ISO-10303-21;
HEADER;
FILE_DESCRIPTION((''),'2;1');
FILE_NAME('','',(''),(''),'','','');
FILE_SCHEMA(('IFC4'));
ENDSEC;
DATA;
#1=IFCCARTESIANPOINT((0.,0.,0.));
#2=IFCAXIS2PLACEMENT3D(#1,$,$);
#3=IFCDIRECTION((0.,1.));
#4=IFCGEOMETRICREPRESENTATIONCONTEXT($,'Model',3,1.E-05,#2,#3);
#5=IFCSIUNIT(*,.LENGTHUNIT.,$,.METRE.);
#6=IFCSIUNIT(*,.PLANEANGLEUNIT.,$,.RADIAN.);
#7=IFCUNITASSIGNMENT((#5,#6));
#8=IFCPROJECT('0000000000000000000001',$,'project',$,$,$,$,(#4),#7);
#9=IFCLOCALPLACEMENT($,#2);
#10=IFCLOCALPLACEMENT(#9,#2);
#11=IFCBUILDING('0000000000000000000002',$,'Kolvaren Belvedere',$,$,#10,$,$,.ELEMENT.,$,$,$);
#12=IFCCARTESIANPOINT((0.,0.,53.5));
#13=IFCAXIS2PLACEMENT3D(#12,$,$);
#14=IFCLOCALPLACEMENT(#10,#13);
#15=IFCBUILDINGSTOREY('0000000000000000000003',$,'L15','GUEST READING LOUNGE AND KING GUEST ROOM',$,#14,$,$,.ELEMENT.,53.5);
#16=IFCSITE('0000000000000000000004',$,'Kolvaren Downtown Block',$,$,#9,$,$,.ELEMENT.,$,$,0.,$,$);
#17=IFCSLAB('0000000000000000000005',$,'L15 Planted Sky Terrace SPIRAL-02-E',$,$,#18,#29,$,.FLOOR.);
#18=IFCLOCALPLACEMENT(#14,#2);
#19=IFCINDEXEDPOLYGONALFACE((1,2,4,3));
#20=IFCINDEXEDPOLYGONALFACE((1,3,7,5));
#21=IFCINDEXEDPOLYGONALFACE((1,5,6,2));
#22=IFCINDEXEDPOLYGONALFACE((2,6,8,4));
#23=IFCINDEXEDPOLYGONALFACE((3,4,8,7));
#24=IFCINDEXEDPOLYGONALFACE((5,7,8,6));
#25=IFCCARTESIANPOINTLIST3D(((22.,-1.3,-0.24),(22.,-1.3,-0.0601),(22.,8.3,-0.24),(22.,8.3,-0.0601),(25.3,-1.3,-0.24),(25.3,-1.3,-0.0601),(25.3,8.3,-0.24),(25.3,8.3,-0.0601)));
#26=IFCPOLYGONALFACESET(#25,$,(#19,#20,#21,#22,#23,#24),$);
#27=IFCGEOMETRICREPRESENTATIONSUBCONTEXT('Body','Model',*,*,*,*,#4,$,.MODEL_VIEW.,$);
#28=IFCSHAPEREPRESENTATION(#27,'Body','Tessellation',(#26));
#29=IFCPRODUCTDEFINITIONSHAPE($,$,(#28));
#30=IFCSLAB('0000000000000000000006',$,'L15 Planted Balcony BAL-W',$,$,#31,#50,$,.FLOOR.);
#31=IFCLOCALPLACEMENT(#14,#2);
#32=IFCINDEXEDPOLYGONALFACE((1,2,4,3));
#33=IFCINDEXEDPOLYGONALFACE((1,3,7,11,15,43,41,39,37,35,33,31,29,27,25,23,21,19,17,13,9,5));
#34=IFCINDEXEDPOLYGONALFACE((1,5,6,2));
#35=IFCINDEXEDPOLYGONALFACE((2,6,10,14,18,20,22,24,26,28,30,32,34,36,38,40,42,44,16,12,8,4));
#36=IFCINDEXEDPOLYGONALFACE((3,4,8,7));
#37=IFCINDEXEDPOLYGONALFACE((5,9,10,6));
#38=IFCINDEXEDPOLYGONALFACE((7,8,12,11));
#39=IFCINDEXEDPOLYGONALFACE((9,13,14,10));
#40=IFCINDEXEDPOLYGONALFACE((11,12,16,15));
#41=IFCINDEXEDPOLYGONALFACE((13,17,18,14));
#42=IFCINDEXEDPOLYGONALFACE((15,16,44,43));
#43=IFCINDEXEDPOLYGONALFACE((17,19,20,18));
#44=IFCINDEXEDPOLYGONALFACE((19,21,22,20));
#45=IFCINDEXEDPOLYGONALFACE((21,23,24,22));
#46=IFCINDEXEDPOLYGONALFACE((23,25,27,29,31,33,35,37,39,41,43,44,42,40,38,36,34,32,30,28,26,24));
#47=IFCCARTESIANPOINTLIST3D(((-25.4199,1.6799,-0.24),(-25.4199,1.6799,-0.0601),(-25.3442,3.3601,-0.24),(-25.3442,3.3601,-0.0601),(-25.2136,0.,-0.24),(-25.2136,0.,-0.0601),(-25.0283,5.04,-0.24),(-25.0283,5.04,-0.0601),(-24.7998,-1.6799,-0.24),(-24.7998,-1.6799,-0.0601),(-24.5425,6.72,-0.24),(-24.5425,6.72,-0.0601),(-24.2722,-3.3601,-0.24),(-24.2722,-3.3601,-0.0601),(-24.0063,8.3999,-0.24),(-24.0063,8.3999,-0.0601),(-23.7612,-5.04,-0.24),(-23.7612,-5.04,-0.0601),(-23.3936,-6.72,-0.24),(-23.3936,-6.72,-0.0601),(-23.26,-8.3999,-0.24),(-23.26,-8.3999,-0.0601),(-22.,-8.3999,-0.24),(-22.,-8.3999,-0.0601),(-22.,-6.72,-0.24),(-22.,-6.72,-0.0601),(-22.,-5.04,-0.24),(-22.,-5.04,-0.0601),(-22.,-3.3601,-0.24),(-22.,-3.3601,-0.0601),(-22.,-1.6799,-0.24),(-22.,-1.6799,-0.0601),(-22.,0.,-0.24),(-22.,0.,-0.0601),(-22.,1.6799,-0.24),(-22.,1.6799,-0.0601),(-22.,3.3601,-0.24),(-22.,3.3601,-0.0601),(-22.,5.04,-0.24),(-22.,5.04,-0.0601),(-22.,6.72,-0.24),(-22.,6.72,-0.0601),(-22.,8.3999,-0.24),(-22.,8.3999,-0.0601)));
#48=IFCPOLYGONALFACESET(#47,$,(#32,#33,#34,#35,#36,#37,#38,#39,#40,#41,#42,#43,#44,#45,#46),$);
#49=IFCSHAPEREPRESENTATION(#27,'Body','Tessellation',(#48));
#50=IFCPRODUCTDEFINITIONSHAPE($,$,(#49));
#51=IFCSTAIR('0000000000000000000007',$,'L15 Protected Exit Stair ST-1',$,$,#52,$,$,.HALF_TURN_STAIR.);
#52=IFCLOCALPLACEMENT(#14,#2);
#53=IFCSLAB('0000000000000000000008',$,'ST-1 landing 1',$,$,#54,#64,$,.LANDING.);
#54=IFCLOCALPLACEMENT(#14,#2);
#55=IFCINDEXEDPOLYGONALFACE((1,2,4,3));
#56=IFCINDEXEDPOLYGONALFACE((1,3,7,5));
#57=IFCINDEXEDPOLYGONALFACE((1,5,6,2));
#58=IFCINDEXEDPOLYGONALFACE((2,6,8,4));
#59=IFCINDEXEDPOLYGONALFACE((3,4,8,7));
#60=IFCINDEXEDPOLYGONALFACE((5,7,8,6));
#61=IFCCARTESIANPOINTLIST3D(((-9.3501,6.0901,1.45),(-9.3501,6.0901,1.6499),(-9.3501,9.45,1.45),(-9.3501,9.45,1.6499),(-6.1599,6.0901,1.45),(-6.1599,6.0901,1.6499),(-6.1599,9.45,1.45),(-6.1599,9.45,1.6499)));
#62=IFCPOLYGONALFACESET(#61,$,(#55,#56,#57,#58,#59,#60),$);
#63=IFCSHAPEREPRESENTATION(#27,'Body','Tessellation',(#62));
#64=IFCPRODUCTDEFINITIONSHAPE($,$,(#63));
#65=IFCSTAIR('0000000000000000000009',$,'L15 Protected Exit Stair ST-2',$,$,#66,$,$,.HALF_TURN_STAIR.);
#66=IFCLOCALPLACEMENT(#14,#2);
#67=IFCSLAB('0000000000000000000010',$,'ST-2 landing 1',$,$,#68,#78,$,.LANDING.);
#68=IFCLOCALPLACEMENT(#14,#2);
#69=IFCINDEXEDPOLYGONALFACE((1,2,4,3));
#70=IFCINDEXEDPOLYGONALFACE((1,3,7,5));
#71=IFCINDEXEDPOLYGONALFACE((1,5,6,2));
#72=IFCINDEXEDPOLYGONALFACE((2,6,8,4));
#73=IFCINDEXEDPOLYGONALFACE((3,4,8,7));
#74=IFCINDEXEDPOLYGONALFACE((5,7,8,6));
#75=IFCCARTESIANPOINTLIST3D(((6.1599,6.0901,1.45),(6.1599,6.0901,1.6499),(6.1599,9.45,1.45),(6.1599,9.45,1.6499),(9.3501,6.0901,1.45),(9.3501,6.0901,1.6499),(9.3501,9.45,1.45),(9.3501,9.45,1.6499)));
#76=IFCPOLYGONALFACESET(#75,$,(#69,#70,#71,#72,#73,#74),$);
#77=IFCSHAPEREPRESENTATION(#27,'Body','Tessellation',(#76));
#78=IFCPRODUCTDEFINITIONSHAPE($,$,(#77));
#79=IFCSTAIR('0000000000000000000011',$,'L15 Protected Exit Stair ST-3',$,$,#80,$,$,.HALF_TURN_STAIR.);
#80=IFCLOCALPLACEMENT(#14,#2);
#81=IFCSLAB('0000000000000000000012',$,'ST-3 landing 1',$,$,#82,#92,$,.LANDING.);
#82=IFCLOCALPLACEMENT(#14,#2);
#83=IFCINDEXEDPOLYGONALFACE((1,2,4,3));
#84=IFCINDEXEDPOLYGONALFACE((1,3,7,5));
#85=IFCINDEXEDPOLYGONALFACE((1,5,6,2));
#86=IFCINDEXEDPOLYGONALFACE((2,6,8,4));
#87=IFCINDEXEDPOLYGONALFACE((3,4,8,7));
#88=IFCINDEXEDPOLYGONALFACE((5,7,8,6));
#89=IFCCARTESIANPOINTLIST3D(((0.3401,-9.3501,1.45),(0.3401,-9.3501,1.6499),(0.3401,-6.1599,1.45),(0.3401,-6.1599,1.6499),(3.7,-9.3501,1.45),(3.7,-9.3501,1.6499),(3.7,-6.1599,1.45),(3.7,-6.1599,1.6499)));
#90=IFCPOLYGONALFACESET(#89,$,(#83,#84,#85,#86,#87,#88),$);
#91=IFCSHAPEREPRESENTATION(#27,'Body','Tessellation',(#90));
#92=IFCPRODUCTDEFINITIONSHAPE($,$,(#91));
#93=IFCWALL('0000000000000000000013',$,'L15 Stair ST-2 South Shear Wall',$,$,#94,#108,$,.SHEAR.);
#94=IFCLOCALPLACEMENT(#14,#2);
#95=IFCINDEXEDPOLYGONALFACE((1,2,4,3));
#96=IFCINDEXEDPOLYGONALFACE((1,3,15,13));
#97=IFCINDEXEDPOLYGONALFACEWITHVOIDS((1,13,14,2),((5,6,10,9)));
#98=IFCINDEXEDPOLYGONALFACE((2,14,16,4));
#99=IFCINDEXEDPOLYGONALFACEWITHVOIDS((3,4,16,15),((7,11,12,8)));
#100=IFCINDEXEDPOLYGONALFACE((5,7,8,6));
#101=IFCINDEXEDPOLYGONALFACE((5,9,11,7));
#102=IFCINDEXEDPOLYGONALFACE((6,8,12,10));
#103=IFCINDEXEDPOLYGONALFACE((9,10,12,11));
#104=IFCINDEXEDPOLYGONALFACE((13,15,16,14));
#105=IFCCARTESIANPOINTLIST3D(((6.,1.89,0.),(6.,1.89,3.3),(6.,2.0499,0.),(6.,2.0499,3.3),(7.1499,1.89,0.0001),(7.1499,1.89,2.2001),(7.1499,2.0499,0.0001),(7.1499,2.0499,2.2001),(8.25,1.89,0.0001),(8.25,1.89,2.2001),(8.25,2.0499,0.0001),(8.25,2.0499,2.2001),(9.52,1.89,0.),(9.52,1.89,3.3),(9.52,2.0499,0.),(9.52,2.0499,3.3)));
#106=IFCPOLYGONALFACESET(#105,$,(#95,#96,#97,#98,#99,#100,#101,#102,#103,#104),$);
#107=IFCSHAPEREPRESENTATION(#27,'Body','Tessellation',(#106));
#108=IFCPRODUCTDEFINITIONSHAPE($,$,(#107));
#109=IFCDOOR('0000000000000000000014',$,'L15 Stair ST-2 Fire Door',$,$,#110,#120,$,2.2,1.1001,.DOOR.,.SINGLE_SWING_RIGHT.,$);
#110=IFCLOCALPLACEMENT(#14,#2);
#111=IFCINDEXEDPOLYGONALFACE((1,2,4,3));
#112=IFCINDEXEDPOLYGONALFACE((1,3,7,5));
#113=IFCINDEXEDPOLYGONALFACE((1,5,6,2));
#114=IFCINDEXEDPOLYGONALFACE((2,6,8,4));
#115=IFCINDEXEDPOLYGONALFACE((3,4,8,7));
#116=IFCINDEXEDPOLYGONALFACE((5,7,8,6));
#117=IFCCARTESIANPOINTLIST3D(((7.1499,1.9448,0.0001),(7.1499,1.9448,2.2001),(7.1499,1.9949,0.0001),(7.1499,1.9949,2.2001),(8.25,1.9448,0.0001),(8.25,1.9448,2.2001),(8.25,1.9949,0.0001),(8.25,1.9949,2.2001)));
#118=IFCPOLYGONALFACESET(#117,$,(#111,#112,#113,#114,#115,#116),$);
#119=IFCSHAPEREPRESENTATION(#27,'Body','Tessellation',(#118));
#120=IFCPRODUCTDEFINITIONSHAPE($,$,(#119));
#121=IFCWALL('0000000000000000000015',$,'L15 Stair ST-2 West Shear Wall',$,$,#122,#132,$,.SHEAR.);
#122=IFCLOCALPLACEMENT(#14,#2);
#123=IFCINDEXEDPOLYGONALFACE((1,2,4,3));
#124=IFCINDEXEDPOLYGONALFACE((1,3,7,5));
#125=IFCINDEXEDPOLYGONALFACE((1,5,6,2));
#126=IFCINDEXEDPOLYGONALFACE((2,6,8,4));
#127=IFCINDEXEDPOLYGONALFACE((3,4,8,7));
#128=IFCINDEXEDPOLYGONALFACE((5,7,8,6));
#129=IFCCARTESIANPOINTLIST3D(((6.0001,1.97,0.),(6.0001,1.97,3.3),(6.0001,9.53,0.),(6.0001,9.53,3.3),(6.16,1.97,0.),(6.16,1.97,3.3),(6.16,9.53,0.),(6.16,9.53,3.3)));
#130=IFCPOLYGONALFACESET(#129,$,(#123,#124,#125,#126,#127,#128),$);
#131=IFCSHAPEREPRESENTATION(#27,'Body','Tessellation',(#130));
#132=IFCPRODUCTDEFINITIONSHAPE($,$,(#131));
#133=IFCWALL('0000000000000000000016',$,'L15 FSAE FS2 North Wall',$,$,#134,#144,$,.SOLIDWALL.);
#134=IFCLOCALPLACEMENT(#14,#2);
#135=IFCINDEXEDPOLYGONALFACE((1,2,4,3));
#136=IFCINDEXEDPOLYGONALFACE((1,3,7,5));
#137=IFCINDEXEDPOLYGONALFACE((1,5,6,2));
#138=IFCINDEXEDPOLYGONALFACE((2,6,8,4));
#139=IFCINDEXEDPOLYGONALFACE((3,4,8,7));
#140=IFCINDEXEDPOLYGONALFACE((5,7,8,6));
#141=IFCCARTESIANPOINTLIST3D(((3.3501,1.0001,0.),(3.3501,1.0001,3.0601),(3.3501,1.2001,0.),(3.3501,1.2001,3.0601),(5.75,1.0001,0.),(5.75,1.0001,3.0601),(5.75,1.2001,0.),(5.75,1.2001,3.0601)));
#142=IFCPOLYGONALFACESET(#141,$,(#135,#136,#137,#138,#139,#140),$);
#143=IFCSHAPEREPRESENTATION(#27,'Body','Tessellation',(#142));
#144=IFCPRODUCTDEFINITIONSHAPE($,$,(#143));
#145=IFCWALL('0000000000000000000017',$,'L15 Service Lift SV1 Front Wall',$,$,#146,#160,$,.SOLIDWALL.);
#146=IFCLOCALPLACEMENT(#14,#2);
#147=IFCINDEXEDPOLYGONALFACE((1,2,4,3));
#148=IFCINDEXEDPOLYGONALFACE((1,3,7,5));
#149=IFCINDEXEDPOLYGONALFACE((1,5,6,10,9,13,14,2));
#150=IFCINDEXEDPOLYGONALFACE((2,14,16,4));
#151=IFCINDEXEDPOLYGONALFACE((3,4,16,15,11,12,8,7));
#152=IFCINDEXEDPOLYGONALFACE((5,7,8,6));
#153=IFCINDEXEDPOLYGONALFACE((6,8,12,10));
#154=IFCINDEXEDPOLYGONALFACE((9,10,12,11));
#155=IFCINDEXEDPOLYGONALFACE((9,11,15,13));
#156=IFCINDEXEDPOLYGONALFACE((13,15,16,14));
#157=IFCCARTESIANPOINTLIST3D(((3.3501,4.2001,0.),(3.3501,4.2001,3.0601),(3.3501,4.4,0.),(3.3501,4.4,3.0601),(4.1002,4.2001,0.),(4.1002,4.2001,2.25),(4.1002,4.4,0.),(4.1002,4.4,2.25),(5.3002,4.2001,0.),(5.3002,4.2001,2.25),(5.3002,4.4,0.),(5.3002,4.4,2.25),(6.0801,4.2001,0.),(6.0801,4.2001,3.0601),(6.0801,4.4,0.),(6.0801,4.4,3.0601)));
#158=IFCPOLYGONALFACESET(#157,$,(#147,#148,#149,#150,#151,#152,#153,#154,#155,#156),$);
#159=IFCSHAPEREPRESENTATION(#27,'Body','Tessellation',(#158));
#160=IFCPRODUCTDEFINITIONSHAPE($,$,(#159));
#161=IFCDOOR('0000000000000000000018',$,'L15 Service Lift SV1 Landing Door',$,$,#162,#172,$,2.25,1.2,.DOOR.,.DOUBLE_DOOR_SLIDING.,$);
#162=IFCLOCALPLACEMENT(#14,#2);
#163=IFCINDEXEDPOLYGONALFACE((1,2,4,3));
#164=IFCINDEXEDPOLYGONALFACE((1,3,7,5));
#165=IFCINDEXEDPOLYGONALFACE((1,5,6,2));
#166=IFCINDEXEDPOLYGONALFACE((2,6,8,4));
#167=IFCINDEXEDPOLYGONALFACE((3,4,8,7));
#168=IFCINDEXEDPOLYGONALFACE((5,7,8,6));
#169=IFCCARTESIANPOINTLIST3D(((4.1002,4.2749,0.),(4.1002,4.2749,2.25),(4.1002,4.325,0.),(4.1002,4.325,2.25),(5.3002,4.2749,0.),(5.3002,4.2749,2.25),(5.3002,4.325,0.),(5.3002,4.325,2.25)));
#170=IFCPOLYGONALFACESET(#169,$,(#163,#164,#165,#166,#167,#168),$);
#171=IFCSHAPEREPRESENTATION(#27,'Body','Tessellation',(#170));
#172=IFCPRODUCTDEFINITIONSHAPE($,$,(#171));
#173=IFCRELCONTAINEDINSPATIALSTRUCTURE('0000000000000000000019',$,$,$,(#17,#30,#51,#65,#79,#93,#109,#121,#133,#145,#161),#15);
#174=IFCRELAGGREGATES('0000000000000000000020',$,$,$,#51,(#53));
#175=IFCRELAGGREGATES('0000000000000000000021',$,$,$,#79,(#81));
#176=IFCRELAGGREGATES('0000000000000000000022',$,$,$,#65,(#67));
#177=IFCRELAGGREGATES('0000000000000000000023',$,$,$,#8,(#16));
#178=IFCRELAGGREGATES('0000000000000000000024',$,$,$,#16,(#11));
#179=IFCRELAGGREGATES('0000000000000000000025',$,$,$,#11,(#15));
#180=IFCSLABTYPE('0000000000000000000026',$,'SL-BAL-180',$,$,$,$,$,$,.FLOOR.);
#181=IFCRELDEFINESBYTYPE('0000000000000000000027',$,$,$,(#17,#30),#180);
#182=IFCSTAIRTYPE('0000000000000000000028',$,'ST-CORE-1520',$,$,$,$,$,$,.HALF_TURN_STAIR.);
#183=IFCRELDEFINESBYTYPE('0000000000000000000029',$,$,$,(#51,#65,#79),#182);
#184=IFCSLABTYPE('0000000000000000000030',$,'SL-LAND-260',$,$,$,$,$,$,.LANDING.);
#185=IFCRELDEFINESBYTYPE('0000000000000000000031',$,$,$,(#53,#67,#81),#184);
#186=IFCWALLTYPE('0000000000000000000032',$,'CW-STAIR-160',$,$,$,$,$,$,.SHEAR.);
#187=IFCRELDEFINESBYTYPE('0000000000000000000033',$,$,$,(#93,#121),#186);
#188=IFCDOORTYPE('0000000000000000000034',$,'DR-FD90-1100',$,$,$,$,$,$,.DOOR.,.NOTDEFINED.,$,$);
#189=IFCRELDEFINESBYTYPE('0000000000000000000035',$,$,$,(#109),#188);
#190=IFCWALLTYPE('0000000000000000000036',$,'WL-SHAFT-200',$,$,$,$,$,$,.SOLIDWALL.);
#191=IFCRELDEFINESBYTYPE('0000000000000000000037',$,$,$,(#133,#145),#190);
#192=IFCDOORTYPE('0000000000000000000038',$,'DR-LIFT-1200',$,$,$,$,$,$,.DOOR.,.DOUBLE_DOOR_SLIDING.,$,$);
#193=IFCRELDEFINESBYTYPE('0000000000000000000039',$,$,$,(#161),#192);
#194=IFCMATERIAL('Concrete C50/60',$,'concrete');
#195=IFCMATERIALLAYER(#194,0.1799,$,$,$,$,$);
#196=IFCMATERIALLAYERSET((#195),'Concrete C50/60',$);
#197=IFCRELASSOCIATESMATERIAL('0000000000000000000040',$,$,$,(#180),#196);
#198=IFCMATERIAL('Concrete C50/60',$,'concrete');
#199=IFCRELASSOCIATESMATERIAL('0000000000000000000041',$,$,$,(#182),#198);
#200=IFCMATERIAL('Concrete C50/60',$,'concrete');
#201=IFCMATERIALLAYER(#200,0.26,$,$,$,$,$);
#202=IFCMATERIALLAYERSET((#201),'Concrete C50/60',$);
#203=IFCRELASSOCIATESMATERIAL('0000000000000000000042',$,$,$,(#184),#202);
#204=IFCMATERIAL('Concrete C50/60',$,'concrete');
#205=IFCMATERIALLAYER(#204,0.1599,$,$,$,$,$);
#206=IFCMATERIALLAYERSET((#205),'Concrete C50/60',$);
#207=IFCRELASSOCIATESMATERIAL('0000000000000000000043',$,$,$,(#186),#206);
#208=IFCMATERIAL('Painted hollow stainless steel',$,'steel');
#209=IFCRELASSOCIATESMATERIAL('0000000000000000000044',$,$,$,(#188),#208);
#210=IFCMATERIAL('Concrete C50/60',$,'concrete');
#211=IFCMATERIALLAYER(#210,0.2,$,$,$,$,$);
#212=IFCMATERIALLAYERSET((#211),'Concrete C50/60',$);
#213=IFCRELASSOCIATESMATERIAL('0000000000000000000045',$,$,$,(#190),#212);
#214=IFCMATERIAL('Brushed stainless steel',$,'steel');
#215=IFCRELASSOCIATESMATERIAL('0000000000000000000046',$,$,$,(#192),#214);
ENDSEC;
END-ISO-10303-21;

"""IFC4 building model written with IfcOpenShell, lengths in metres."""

from ifc_helpers import new_model, si_unit, direction, frame, frame_2d, origin, place, context, subcontext, project, spatial, polyline, rectangle, outline, extrude, material, layer, layer_set, type_object, element, fill, aggregate, save


model = new_model("IFC4")

# Units and contexts
model_context = context("Model", 3, precision=1e-05, world=origin(), true_north=direction((0.0, 1.0)))
body_context = subcontext(model_context, "Body", "Model", "MODEL_VIEW")
ifc_project = project(units=[si_unit("LENGTHUNIT", "METRE"), si_unit("PLANEANGLEUNIT", "RADIAN")], contexts=[model_context])

# Site, building, storey
site_placement = place(None, origin())
site = spatial("IfcSite", under=ifc_project, at=site_placement, Name="Kolvaren Downtown Block", CompositionType="ELEMENT", RefElevation=0.0)
building_placement = place(site_placement, origin())
building = spatial("IfcBuilding", under=site, at=building_placement, Name="Kolvaren Belvedere", CompositionType="ELEMENT")
storey_placement = place(building_placement, frame((0.0, 0.0, 53.5)))
storey = spatial("IfcBuildingStorey", under=building, at=storey_placement, Name="L15", Description="GUEST READING LOUNGE AND KING GUEST ROOM", CompositionType="ELEMENT", Elevation=53.5)

# Slabs
ifc_material_1 = material(Name="Concrete C50/60", Category="concrete")
ifc_layer_1 = layer(ifc_material_1, 0.1799)
ifc_layer_set_1 = layer_set([ifc_layer_1], Name="Concrete C50/60")
slab_type_1 = type_object("IfcSlabType", Name="SL-BAL-180", PredefinedType="FLOOR", material=ifc_layer_set_1)
slab_1_placement = place(storey_placement, frame((0.0, 0.0, -0.24)))
element("IfcSlab", 1, at=slab_1_placement, inside=storey, type_object=slab_type_1, Name="L15 Planted Sky Terrace SPIRAL-02-E", PredefinedType="FLOOR", context=body_context, shape_type="SweptSolid", body=[
    extrude(outline(polyline([(22.0, -1.3), (25.3, -1.3), (25.3, 8.3), (22.0, 8.3), (22.0, -1.3)])), origin(), (0.0, 0.0, 1.0), 0.1799),
])
slab_2_placement = place(storey_placement, frame((0.0, 0.0, -0.24)))
element("IfcSlab", 2, at=slab_2_placement, inside=storey, type_object=slab_type_1, Name="L15 Planted Balcony BAL-W", PredefinedType="FLOOR", context=body_context, shape_type="SweptSolid", body=[
    extrude(outline(polyline([(-24.0063, 8.3999), (-24.5425, 6.72), (-25.0283, 5.04), (-25.3442, 3.3601), (-25.4199, 1.6799), (-25.2136, 0.0), (-24.7998, -1.6799), (-24.2722, -3.3601), (-23.7612, -5.04), (-23.3936, -6.72), (-23.26, -8.3999), (-22.0, -8.3999), (-22.0, -6.72), (-22.0, -5.04), (-22.0, -3.3601), (-22.0, -1.6799), (-22.0, 0.0), (-22.0, 1.6799), (-22.0, 3.3601), (-22.0, 5.04), (-22.0, 6.72), (-22.0, 8.3999), (-24.0063, 8.3999)])), origin(), (0.0, 0.0, 1.0), 0.1799),
])

# Stairs, slabs
ifc_material_2 = material(Name="Concrete C50/60", Category="concrete")
stair_type = type_object("IfcStairType", Name="ST-CORE-1520", PredefinedType="HALF_TURN_STAIR", material=ifc_material_2)
stair_1_placement = place(storey_placement, origin())
stair_1 = element("IfcStair", 3, at=stair_1_placement, inside=storey, type_object=stair_type, Name="L15 Protected Exit Stair ST-1", PredefinedType="HALF_TURN_STAIR")
ifc_material_3 = material(Name="Concrete C50/60", Category="concrete")
ifc_layer_2 = layer(ifc_material_3, 0.26)
ifc_layer_set_2 = layer_set([ifc_layer_2], Name="Concrete C50/60")
slab_type_2 = type_object("IfcSlabType", Name="SL-LAND-260", PredefinedType="LANDING", material=ifc_layer_set_2)
slab_3_placement = place(storey_placement, frame((0.0, 0.0, 1.45)))
slab_3 = element("IfcSlab", 4, at=slab_3_placement, type_object=slab_type_2, Name="ST-1 landing 1", PredefinedType="LANDING", context=body_context, shape_type="SweptSolid", body=[
    extrude(outline(polyline([(-6.1599, 6.0901), (-6.1599, 9.45), (-9.3501, 9.45), (-9.3501, 6.0901), (-6.1599, 6.0901)])), origin(), (0.0, 0.0, 1.0), 0.2),
])
aggregate(stair_1, [slab_3])
stair_2_placement = place(storey_placement, origin())
stair_2 = element("IfcStair", 5, at=stair_2_placement, inside=storey, type_object=stair_type, Name="L15 Protected Exit Stair ST-2", PredefinedType="HALF_TURN_STAIR")
slab_4_placement = place(storey_placement, frame((0.0, 0.0, 1.45)))
slab_4 = element("IfcSlab", 6, at=slab_4_placement, type_object=slab_type_2, Name="ST-2 landing 1", PredefinedType="LANDING", context=body_context, shape_type="SweptSolid", body=[
    extrude(outline(polyline([(9.3501, 6.0901), (9.3501, 9.45), (6.1599, 9.45), (6.1599, 6.0901), (9.3501, 6.0901)])), origin(), (0.0, 0.0, 1.0), 0.2),
])
stair_3_placement = place(storey_placement, origin())
stair_3 = element("IfcStair", 7, at=stair_3_placement, inside=storey, type_object=stair_type, Name="L15 Protected Exit Stair ST-3", PredefinedType="HALF_TURN_STAIR")
slab_5_placement = place(storey_placement, frame((0.0, 0.0, 1.45)))
slab_5 = element("IfcSlab", 8, at=slab_5_placement, type_object=slab_type_2, Name="ST-3 landing 1", PredefinedType="LANDING", context=body_context, shape_type="SweptSolid", body=[
    extrude(outline(polyline([(0.3401, -9.3501), (3.7, -9.3501), (3.7, -6.1599), (0.3401, -6.1599), (0.3401, -9.3501)])), origin(), (0.0, 0.0, 1.0), 0.2),
])
aggregate(stair_3, [slab_5])

# Wall, opening, door
ifc_material_4 = material(Name="Concrete C50/60", Category="concrete")
ifc_layer_3 = layer(ifc_material_4, 0.1599)
ifc_layer_set_3 = layer_set([ifc_layer_3], Name="Concrete C50/60")
wall_type_1 = type_object("IfcWallType", Name="CW-STAIR-160", PredefinedType="SHEAR", material=ifc_layer_set_3)
wall_1_placement = place(storey_placement, frame((6.0, 1.97, 0.0), z_axis=(0.0, 0.0, 1.0), x_axis=(1.0, 0.0, 0.0)))
wall_1 = element("IfcWall", 9, at=wall_1_placement, inside=storey, type_object=wall_type_1, Name="L15 Stair ST-2 South Shear Wall", PredefinedType="SHEAR", context=body_context, shape_type="SweptSolid", body=[
    extrude(rectangle(XDim=3.52, YDim=0.1599, at=frame_2d((1.76, 0.0))), origin(), (0.0, 0.0, 1.0), 3.3),
])
opening_1_placement = place(wall_1_placement, frame((1.1499, 0.0, 0.0)))
opening_1 = element("IfcOpeningElement", 10, at=opening_1_placement, cuts=wall_1, PredefinedType="OPENING", context=body_context, shape_type="SweptSolid", body=[
    extrude(rectangle(XDim=1.1001, YDim=2.2, at=frame_2d((0.55, 1.1001))), frame((0.0, 0.0898, 0.0), z_axis=(0.0, -1.0, 0.0), x_axis=(1.0, 0.0, 0.0)), (0.0, 0.0, 1.0), 0.1799),
])
ifc_material_5 = material(Name="Painted hollow stainless steel", Category="steel")
door_type_1 = type_object("IfcDoorType", Name="DR-FD90-1100", OperationType="NOTDEFINED", PredefinedType="DOOR", material=ifc_material_5)
door_1_placement = place(opening_1_placement, origin())
door_1 = element("IfcDoor", 11, at=door_1_placement, inside=storey, type_object=door_type_1, Name="L15 Stair ST-2 Fire Door", OperationType="SINGLE_SWING_RIGHT", OverallHeight=2.2, OverallWidth=1.1001, PredefinedType="DOOR", context=body_context, shape_type="SweptSolid", body=[
    extrude(rectangle(XDim=1.1001, YDim=2.2, at=frame_2d((0.55, 1.1001))), frame((0.0, 0.0249, 0.0), z_axis=(0.0, -1.0, 0.0), x_axis=(1.0, 0.0, 0.0)), (0.0, 0.0, 1.0), 0.05),
])
fill(opening_1, door_1)

# Walls
wall_2_placement = place(storey_placement, frame((6.0801, 1.97, 0.0), z_axis=(0.0, 0.0, 1.0), x_axis=(0.0, 1.0, 0.0)))
element("IfcWall", 12, at=wall_2_placement, inside=storey, type_object=wall_type_1, Name="L15 Stair ST-2 West Shear Wall", PredefinedType="SHEAR", context=body_context, shape_type="SweptSolid", body=[
    extrude(rectangle(XDim=7.5601, YDim=0.1599, at=frame_2d((3.78, 0.0))), origin(), (0.0, 0.0, 1.0), 3.3),
])
ifc_material_6 = material(Name="Concrete C50/60", Category="concrete")
ifc_layer_4 = layer(ifc_material_6, 0.2)
ifc_layer_set_4 = layer_set([ifc_layer_4], Name="Concrete C50/60")
wall_type_2 = type_object("IfcWallType", Name="WL-SHAFT-200", PredefinedType="SOLIDWALL", material=ifc_layer_set_4)
wall_3_placement = place(storey_placement, frame((3.3501, 1.1001, 0.0), z_axis=(0.0, 0.0, 1.0), x_axis=(1.0, 0.0, 0.0)))
element("IfcWall", 13, at=wall_3_placement, inside=storey, type_object=wall_type_2, Name="L15 FSAE FS2 North Wall", PredefinedType="SOLIDWALL", context=body_context, shape_type="SweptSolid", body=[
    extrude(rectangle(XDim=2.3999, YDim=0.2, at=frame_2d((1.2, 0.0))), origin(), (0.0, 0.0, 1.0), 3.0601),
])

# Wall, opening, door
wall_4_placement = place(storey_placement, frame((3.3501, 4.3, 0.0), z_axis=(0.0, 0.0, 1.0), x_axis=(1.0, 0.0, 0.0)))
wall_4 = element("IfcWall", 14, at=wall_4_placement, inside=storey, type_object=wall_type_2, Name="L15 Service Lift SV1 Front Wall", PredefinedType="SOLIDWALL", context=body_context, shape_type="SweptSolid", body=[
    extrude(rectangle(XDim=2.73, YDim=0.2, at=frame_2d((1.365, 0.0))), origin(), (0.0, 0.0, 1.0), 3.0601),
])
opening_2_placement = place(wall_4_placement, frame((0.75, 0.0, 0.0)))
opening_2 = element("IfcOpeningElement", 15, at=opening_2_placement, cuts=wall_4, PredefinedType="OPENING", context=body_context, shape_type="SweptSolid", body=[
    extrude(rectangle(XDim=1.2, YDim=2.25, at=frame_2d((0.6001, 1.125))), frame((0.0, 0.1099, 0.0), z_axis=(0.0, -1.0, 0.0), x_axis=(1.0, 0.0, 0.0)), (0.0, 0.0, 1.0), 0.22),
])
ifc_material_7 = material(Name="Brushed stainless steel", Category="steel")
door_type_2 = type_object("IfcDoorType", Name="DR-LIFT-1200", OperationType="DOUBLE_DOOR_SLIDING", PredefinedType="DOOR", material=ifc_material_7)
door_2_placement = place(opening_2_placement, origin())
door_2 = element("IfcDoor", 16, at=door_2_placement, inside=storey, type_object=door_type_2, Name="L15 Service Lift SV1 Landing Door", OperationType="DOUBLE_DOOR_SLIDING", OverallHeight=2.25, OverallWidth=1.2, PredefinedType="DOOR", context=body_context, shape_type="SweptSolid", body=[
    extrude(rectangle(XDim=1.2, YDim=2.25, at=frame_2d((0.6001, 1.125))), frame((0.0, 0.0249, 0.0), z_axis=(0.0, -1.0, 0.0), x_axis=(1.0, 0.0, 0.0)), (0.0, 0.0, 1.0), 0.05),
])
fill(opening_2, door_2)

aggregate(stair_2, [slab_4])

save(model, "model.ifc")
